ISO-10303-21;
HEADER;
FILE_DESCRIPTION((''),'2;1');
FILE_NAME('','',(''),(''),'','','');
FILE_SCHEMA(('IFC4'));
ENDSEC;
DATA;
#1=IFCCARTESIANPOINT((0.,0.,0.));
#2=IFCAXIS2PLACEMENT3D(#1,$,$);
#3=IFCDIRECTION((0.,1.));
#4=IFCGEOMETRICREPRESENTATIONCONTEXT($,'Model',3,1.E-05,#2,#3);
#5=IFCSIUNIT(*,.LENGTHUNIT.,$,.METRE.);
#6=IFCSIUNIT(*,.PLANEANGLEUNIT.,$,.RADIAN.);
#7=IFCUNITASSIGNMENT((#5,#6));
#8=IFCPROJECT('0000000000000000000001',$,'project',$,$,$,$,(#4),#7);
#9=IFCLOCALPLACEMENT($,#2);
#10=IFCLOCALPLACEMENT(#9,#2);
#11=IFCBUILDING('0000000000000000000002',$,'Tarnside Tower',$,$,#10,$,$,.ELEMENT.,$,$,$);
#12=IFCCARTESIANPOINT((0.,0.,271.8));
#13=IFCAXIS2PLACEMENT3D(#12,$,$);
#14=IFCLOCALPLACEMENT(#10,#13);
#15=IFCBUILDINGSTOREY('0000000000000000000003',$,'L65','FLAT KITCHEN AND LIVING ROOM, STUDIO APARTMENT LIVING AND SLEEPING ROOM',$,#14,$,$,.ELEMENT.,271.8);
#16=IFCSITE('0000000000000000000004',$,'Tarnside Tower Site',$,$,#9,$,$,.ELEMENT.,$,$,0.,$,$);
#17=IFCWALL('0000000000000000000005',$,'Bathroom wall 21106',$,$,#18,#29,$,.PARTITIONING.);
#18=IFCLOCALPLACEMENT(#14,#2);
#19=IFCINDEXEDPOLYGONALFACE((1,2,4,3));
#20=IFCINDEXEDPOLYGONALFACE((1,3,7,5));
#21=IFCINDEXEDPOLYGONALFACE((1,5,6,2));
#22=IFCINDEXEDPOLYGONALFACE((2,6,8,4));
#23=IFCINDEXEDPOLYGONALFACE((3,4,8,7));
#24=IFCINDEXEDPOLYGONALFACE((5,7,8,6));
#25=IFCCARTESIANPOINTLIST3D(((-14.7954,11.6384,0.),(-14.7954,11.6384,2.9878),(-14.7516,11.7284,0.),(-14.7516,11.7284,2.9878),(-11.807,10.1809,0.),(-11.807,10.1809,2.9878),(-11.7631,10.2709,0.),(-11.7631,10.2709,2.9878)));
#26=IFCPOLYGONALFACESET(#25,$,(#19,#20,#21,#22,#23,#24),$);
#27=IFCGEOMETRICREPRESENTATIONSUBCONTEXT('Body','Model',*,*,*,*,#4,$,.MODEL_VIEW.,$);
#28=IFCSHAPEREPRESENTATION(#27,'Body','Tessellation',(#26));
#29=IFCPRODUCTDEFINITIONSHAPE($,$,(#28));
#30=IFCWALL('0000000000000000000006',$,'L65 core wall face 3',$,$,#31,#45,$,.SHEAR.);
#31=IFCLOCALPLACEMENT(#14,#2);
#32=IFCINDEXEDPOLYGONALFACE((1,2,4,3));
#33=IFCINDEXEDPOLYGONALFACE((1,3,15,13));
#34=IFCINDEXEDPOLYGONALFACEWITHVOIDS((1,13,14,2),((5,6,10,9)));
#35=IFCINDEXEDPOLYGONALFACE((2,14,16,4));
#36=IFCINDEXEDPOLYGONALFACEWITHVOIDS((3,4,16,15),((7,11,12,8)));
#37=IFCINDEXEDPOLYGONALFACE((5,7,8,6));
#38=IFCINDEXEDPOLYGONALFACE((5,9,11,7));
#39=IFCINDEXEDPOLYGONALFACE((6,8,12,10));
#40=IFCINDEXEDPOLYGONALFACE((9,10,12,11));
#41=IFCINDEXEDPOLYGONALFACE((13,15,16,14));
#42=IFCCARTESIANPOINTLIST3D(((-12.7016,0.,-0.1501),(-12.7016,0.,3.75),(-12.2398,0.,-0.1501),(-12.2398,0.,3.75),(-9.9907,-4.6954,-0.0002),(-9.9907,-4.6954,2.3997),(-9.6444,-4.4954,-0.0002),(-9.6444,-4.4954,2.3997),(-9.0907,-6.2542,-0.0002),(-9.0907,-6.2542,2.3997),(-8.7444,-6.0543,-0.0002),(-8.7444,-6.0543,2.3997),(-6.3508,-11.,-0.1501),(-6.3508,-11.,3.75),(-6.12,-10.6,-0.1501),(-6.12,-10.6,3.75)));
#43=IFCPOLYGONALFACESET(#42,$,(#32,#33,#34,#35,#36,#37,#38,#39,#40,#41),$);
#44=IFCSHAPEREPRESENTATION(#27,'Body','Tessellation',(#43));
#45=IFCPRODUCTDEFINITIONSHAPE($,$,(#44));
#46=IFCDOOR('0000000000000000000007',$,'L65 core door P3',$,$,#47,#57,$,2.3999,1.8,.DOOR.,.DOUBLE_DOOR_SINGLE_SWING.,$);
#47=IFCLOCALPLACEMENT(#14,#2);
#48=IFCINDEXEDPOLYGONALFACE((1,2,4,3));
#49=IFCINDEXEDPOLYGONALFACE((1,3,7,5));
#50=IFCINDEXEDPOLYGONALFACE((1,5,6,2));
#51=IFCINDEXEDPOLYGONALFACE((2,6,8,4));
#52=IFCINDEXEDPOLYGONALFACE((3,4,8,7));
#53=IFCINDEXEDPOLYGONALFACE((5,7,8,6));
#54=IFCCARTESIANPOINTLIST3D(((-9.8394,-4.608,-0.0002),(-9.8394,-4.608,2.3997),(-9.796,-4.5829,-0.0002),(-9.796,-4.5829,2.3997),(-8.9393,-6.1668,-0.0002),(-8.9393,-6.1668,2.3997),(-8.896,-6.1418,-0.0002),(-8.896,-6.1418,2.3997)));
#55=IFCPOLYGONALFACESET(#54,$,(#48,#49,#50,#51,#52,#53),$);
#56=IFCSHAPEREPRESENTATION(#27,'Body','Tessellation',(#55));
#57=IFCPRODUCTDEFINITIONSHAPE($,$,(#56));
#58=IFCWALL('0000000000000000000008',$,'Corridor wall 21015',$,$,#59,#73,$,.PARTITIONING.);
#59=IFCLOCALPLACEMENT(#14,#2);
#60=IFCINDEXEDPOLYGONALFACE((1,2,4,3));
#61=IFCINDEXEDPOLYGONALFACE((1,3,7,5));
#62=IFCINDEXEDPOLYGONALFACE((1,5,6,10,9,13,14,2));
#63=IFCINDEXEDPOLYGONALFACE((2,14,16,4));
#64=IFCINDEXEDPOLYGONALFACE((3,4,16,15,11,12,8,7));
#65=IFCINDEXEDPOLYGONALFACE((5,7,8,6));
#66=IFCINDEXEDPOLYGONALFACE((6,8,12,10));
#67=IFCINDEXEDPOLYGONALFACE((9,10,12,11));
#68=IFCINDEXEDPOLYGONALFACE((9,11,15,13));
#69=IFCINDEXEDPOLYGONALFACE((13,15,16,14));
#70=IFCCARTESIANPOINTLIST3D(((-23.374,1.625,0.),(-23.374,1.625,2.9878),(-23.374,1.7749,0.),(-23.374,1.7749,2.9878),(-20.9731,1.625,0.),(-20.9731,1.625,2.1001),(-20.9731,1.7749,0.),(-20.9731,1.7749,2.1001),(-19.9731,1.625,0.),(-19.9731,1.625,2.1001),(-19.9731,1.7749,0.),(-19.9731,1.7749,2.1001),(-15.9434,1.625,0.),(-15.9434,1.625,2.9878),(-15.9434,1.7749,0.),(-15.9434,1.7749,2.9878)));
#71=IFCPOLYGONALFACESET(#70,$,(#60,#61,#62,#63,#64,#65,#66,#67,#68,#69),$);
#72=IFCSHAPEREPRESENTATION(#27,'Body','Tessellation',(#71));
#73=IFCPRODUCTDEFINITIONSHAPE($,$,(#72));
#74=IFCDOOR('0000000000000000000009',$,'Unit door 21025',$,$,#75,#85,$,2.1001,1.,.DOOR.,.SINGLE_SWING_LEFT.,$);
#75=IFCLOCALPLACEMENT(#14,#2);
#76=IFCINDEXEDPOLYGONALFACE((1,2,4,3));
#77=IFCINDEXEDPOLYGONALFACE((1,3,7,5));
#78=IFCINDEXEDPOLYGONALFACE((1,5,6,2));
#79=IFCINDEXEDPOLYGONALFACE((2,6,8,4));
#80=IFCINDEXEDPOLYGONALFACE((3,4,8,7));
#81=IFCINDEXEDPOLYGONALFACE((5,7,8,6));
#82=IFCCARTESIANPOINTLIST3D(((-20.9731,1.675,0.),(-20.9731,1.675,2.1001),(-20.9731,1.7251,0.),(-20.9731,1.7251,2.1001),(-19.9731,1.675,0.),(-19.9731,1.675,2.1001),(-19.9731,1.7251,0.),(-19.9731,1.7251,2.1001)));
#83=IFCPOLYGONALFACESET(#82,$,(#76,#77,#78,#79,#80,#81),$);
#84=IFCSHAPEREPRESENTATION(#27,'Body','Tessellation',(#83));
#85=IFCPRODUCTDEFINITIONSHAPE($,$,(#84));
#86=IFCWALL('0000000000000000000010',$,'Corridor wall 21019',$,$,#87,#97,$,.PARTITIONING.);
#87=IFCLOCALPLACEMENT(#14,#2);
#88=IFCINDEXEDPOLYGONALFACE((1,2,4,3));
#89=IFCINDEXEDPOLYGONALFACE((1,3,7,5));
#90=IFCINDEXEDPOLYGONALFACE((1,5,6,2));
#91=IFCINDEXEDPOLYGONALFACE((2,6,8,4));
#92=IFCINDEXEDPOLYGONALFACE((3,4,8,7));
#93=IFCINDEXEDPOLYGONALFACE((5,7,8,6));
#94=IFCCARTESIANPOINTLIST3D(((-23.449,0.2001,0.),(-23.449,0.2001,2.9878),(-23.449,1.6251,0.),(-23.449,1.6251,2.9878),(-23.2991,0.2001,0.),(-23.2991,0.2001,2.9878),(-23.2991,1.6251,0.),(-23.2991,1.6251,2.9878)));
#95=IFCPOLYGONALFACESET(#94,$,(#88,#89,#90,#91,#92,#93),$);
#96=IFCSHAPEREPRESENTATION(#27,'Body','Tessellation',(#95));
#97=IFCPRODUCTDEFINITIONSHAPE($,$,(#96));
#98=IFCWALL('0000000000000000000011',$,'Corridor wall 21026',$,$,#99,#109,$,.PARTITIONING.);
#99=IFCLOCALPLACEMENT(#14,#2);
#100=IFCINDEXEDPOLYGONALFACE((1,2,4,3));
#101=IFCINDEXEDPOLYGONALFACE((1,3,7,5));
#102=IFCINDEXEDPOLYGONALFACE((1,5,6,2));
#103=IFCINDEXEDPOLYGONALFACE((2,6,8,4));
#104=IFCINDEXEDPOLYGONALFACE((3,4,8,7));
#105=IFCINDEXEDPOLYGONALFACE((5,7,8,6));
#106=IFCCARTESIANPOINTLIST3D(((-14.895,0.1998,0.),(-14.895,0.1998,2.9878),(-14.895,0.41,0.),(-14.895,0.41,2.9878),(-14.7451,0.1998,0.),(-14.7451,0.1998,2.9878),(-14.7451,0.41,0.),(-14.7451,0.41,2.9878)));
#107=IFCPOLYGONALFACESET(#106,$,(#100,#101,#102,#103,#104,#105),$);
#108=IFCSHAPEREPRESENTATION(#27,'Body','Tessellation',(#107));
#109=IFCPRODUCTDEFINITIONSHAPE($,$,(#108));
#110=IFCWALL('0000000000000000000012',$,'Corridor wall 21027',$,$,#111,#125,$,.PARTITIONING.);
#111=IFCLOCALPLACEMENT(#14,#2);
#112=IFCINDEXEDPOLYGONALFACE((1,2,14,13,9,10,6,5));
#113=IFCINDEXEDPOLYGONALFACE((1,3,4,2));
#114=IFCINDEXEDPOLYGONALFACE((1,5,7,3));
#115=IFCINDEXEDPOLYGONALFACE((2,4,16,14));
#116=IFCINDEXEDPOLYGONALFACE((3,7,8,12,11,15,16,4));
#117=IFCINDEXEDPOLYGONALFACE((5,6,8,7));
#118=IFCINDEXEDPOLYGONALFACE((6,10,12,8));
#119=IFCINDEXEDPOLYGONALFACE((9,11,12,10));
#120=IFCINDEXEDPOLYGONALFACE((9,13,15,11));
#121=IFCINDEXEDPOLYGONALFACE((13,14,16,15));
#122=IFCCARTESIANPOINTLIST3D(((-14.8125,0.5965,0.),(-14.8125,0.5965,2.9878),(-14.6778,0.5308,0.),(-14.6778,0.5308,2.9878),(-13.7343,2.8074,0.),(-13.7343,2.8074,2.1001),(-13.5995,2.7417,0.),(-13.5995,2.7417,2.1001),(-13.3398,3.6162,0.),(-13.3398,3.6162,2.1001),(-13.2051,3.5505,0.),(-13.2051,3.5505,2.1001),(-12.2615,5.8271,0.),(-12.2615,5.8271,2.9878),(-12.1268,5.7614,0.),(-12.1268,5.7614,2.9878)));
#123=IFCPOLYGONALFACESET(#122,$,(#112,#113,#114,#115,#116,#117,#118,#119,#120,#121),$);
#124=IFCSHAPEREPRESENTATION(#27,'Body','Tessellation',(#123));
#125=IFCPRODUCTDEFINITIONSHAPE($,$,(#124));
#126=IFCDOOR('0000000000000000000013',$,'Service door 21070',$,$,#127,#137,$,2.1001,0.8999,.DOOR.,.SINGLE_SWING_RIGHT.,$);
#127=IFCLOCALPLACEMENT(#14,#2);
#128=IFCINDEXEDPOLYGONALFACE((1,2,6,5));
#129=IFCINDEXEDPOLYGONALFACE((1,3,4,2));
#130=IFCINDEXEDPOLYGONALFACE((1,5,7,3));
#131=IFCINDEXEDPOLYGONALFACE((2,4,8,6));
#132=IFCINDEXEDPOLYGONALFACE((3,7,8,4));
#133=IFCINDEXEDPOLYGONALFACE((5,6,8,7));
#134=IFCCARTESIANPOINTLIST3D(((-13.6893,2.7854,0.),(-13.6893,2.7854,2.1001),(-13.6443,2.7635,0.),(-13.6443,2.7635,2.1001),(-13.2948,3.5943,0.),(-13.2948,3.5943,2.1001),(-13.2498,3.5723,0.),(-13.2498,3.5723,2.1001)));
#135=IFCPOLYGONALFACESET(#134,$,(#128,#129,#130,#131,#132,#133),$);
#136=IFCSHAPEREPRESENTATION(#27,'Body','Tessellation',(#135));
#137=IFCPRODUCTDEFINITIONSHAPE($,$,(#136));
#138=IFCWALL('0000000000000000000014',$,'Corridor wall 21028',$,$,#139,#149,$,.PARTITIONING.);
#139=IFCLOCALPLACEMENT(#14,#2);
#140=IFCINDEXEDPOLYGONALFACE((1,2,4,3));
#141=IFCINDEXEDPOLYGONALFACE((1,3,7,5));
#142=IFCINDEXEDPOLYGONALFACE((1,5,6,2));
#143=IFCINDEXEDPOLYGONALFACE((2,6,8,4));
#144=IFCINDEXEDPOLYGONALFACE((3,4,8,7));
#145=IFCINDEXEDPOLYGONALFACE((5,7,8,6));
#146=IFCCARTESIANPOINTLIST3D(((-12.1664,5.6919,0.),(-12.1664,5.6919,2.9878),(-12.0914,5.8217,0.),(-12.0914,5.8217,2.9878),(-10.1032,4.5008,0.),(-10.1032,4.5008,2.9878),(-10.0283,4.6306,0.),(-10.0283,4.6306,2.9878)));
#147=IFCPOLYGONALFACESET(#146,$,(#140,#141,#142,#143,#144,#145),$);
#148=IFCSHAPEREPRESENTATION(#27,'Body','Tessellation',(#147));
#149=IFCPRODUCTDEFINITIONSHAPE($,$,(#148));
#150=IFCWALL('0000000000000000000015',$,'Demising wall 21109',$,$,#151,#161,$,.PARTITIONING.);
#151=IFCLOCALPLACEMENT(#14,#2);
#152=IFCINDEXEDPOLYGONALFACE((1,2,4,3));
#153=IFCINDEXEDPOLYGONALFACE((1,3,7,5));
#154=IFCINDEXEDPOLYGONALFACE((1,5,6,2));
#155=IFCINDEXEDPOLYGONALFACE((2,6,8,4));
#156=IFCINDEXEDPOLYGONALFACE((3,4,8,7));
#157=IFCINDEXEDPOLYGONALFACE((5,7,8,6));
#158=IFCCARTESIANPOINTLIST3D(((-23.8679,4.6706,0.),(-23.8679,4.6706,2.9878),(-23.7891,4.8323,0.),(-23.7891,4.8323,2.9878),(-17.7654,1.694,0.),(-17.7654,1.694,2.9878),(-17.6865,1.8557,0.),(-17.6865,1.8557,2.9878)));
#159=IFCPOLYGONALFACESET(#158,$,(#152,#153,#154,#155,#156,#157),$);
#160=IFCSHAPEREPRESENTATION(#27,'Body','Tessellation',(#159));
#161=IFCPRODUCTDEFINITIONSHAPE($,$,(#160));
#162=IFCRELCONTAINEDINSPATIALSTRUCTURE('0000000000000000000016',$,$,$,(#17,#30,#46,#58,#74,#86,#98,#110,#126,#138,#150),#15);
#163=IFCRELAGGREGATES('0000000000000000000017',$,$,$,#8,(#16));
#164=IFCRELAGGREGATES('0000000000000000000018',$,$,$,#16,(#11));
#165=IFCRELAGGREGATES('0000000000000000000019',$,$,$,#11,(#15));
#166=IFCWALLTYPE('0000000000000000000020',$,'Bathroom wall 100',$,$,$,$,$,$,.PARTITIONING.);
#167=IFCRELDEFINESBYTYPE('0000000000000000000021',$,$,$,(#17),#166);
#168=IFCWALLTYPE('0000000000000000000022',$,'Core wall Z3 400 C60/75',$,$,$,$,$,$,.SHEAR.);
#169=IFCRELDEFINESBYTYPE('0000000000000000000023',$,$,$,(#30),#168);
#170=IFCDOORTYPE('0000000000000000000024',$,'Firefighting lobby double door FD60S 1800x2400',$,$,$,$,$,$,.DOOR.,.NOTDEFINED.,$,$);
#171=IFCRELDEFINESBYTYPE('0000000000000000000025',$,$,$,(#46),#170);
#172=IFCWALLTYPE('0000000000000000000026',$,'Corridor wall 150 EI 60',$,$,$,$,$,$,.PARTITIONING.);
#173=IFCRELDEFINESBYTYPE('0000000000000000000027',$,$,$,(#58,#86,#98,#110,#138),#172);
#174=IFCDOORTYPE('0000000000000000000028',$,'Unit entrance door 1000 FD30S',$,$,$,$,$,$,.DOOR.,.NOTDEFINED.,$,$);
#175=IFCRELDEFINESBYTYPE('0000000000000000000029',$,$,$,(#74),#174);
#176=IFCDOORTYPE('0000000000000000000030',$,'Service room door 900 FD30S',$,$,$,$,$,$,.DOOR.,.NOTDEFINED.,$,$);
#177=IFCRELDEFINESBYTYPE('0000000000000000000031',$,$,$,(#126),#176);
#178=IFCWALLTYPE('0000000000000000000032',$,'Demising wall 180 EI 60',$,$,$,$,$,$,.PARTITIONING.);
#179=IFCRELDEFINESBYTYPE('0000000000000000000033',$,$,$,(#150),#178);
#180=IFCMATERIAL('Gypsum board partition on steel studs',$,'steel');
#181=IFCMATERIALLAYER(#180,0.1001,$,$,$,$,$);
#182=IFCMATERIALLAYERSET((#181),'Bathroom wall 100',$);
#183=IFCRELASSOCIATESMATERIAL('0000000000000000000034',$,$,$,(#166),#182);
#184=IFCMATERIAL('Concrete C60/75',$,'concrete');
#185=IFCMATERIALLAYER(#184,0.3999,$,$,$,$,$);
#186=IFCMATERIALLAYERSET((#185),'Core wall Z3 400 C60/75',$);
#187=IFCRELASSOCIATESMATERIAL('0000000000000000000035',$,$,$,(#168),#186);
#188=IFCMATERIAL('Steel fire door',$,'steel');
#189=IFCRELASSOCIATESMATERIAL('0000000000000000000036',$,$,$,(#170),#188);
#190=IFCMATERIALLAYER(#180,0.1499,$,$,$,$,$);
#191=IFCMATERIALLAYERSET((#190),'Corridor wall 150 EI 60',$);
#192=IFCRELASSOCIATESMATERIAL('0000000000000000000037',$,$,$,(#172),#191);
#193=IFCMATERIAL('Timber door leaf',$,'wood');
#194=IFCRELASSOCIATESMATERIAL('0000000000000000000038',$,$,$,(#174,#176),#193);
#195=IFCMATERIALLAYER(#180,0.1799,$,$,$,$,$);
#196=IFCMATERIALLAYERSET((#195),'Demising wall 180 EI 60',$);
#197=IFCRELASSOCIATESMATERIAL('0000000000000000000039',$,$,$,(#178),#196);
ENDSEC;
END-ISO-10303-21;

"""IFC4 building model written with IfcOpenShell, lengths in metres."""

from ifc_helpers import new_model, si_unit, direction, frame, frame_2d, origin, place, context, subcontext, project, spatial, polyline, rectangle, outline, extrude, material, layer, layer_set, type_object, element, fill, save


model = new_model("IFC4")

# Units and contexts
model_context = context("Model", 3, precision=1e-05, world=origin(), true_north=direction((0.0, 1.0)))
body_context = subcontext(model_context, "Body", "Model", "MODEL_VIEW")
ifc_project = project(units=[si_unit("LENGTHUNIT", "METRE"), si_unit("PLANEANGLEUNIT", "RADIAN")], contexts=[model_context])

# Site, building, storey
site_placement = place(None, origin())
site = spatial("IfcSite", under=ifc_project, at=site_placement, Name="Tarnside Tower Site", CompositionType="ELEMENT", RefElevation=0.0)
building_placement = place(site_placement, origin())
building = spatial("IfcBuilding", under=site, at=building_placement, Name="Tarnside Tower", CompositionType="ELEMENT")
storey_placement = place(building_placement, frame((0.0, 0.0, 271.8)))
storey = spatial("IfcBuildingStorey", under=building, at=storey_placement, Name="L65", Description="FLAT KITCHEN AND LIVING ROOM, STUDIO APARTMENT LIVING AND SLEEPING ROOM", CompositionType="ELEMENT", Elevation=271.8)

# Wall
ifc_material_1 = material(Name="Gypsum board partition on steel studs", Category="steel")
ifc_layer_1 = layer(ifc_material_1, 0.1001)
ifc_layer_set_1 = layer_set([ifc_layer_1], Name="Bathroom wall 100")
wall_type_1 = type_object("IfcWallType", Name="Bathroom wall 100", PredefinedType="PARTITIONING", material=ifc_layer_set_1)
wall_1_placement = place(storey_placement, frame((-11.7849, 10.2258, 0.0), z_axis=(0.0, 0.0, 1.0), x_axis=(-0.898804, 0.438351, 0.0)))
element("IfcWall", 1, at=wall_1_placement, inside=storey, type_object=wall_type_1, Name="Bathroom wall 21106", PredefinedType="PARTITIONING", context=body_context, shape_type="SweptSolid", body=[
    extrude(rectangle(XDim=3.325, YDim=0.1001, at=frame_2d((1.6626, 0.0))), origin(), (0.0, 0.0, 1.0), 2.9878),
])

# Walls, openings, doors
ifc_material_2 = material(Name="Concrete C60/75", Category="concrete")
ifc_layer_2 = layer(ifc_material_2, 0.3999)
ifc_layer_set_2 = layer_set([ifc_layer_2], Name="Core wall Z3 400 C60/75")
wall_type_2 = type_object("IfcWallType", Name="Core wall Z3 400 C60/75", PredefinedType="SHEAR", material=ifc_layer_set_2)
wall_2_placement = place(storey_placement, frame((-12.4707, 0.0, -0.1501), z_axis=(0.0, 0.0, 1.0), x_axis=(0.499996, -0.866027, 0.0)))
wall_2 = element("IfcWall", 2, at=wall_2_placement, inside=storey, type_object=wall_type_2, Name="L65 core wall face 3", PredefinedType="SHEAR", context=body_context, shape_type="SweptSolid", body=[
    extrude(outline(polyline([(-0.1155, -0.2), (12.5862, -0.2), (12.3552, 0.2), (0.1155, 0.2), (-0.1155, -0.2)])), origin(), (0.0, 0.0, 1.0), 3.9001),
])
opening_1_placement = place(wall_2_placement, frame((5.3064, 0.0, 0.1499)))
opening_1 = element("IfcOpeningElement", 3, at=opening_1_placement, cuts=wall_2, PredefinedType="OPENING", context=body_context, shape_type="SweptSolid", body=[
    extrude(rectangle(XDim=1.8, YDim=2.3999, at=frame_2d((0.8999, 1.2))), frame((0.0, 0.21, 0.0), z_axis=(0.0, -1.0, 0.0), x_axis=(1.0, 0.0, 0.0)), (0.0, 0.0, 1.0), 0.4199),
])
ifc_material_3 = material(Name="Steel fire door", Category="steel")
door_type_1 = type_object("IfcDoorType", Name="Firefighting lobby double door FD60S 1800x2400", OperationType="NOTDEFINED", PredefinedType="DOOR", material=ifc_material_3)
door_1_placement = place(opening_1_placement, origin())
door_1 = element("IfcDoor", 4, at=door_1_placement, inside=storey, type_object=door_type_1, Name="L65 core door P3", OperationType="DOUBLE_DOOR_SINGLE_SWING", OverallHeight=2.3999, OverallWidth=1.8, PredefinedType="DOOR", context=body_context, shape_type="SweptSolid", body=[
    extrude(rectangle(XDim=1.8, YDim=2.3999, at=frame_2d((0.8999, 1.2))), frame((0.0, 0.0249, 0.0), z_axis=(0.0, -1.0, 0.0), x_axis=(1.0, 0.0, 0.0)), (0.0, 0.0, 1.0), 0.05),
])
fill(opening_1, door_1)
ifc_layer_3 = layer(ifc_material_1, 0.1499)
ifc_layer_set_3 = layer_set([ifc_layer_3], Name="Corridor wall 150 EI 60")
wall_type_3 = type_object("IfcWallType", Name="Corridor wall 150 EI 60", PredefinedType="PARTITIONING", material=ifc_layer_set_3)
wall_3_placement = place(storey_placement, frame((-15.9434, 1.7, 0.0), z_axis=(0.0, 0.0, 1.0), x_axis=(-1.0, 0.0, 0.0)))
wall_3 = element("IfcWall", 5, at=wall_3_placement, inside=storey, type_object=wall_type_3, Name="Corridor wall 21015", PredefinedType="PARTITIONING", context=body_context, shape_type="SweptSolid", body=[
    extrude(rectangle(XDim=7.4307, YDim=0.1499, at=frame_2d((3.7153, 0.0))), origin(), (0.0, 0.0, 1.0), 2.9878),
])
opening_2_placement = place(wall_3_placement, frame((4.0298, 0.0, 0.0)))
opening_2 = element("IfcOpeningElement", 6, at=opening_2_placement, cuts=wall_3, PredefinedType="OPENING", context=body_context, shape_type="SweptSolid", body=[
    extrude(rectangle(XDim=1.0, YDim=2.1001, at=frame_2d((0.5, 1.05))), frame((0.0, 0.085, 0.0), z_axis=(0.0, -1.0, 0.0), x_axis=(1.0, 0.0, 0.0)), (0.0, 0.0, 1.0), 0.1699),
])
ifc_material_4 = material(Name="Timber door leaf", Category="wood")
door_type_2 = type_object("IfcDoorType", Name="Unit entrance door 1000 FD30S", OperationType="NOTDEFINED", PredefinedType="DOOR", material=ifc_material_4)
door_2_placement = place(opening_2_placement, origin())
door_2 = element("IfcDoor", 7, at=door_2_placement, inside=storey, type_object=door_type_2, Name="Unit door 21025", OperationType="SINGLE_SWING_LEFT", OverallHeight=2.1001, OverallWidth=1.0, PredefinedType="DOOR", context=body_context, shape_type="SweptSolid", body=[
    extrude(rectangle(XDim=1.0, YDim=2.1001, at=frame_2d((0.5, 1.05))), frame((0.0, 0.0249, 0.0), z_axis=(0.0, -1.0, 0.0), x_axis=(1.0, 0.0, 0.0)), (0.0, 0.0, 1.0), 0.05),
])
fill(opening_2, door_2)

# Walls
wall_4_placement = place(storey_placement, frame((-23.374, 1.625, 0.0), z_axis=(0.0, 0.0, 1.0), x_axis=(0.0, -1.0, 0.0)))
element("IfcWall", 8, at=wall_4_placement, inside=storey, type_object=wall_type_3, Name="Corridor wall 21019", PredefinedType="PARTITIONING", context=body_context, shape_type="SweptSolid", body=[
    extrude(rectangle(XDim=1.425, YDim=0.1499, at=frame_2d((0.7124, 0.0))), origin(), (0.0, 0.0, 1.0), 2.9878),
])
wall_5_placement = place(storey_placement, frame((-14.8201, 0.2, 0.0), z_axis=(0.0, 0.0, 1.0), x_axis=(0.0, 1.0, 0.0)))
element("IfcWall", 9, at=wall_5_placement, inside=storey, type_object=wall_type_3, Name="Corridor wall 21026", PredefinedType="PARTITIONING", context=body_context, shape_type="SweptSolid", body=[
    extrude(rectangle(XDim=0.2102, YDim=0.1499, at=frame_2d((0.105, 0.0))), origin(), (0.0, 0.0, 1.0), 2.9878),
])

# Wall, opening, door
wall_6_placement = place(storey_placement, frame((-14.7451, 0.5637, 0.0), z_axis=(0.0, 0.0, 1.0), x_axis=(0.438348, 0.898805, 0.0)))
wall_6 = element("IfcWall", 10, at=wall_6_placement, inside=storey, type_object=wall_type_3, Name="Corridor wall 21027", PredefinedType="PARTITIONING", context=body_context, shape_type="SweptSolid", body=[
    extrude(rectangle(XDim=5.8196, YDim=0.1499, at=frame_2d((2.9097, 0.0))), origin(), (0.0, 0.0, 1.0), 2.9878),
])
opening_3_placement = place(wall_6_placement, frame((2.4597, 0.0, 0.0)))
opening_3 = element("IfcOpeningElement", 11, at=opening_3_placement, cuts=wall_6, PredefinedType="OPENING", context=body_context, shape_type="SweptSolid", body=[
    extrude(rectangle(XDim=0.8999, YDim=2.1001, at=frame_2d((0.45, 1.05))), frame((0.0, 0.085, 0.0), z_axis=(0.0, -1.0, 0.0), x_axis=(1.0, 0.0, 0.0)), (0.0, 0.0, 1.0), 0.1699),
])
door_type_3 = type_object("IfcDoorType", Name="Service room door 900 FD30S", OperationType="NOTDEFINED", PredefinedType="DOOR", material=ifc_material_4)
door_3_placement = place(opening_3_placement, origin())
door_3 = element("IfcDoor", 12, at=door_3_placement, inside=storey, type_object=door_type_3, Name="Service door 21070", OperationType="SINGLE_SWING_RIGHT", OverallHeight=2.1001, OverallWidth=0.8999, PredefinedType="DOOR", context=body_context, shape_type="SweptSolid", body=[
    extrude(rectangle(XDim=0.8999, YDim=2.1001, at=frame_2d((0.45, 1.05))), frame((0.0, 0.0249, 0.0), z_axis=(0.0, -1.0, 0.0), x_axis=(1.0, 0.0, 0.0)), (0.0, 0.0, 1.0), 0.05),
])
fill(opening_3, door_3)

# Walls
wall_7_placement = place(storey_placement, frame((-12.1289, 5.7568, 0.0), z_axis=(0.0, 0.0, 1.0), x_axis=(0.866034, -0.499986, 0.0)))
element("IfcWall", 13, at=wall_7_placement, inside=storey, type_object=wall_type_3, Name="Corridor wall 21028", PredefinedType="PARTITIONING", context=body_context, shape_type="SweptSolid", body=[
    extrude(rectangle(XDim=2.3823, YDim=0.1499, at=frame_2d((1.1912, 0.0))), origin(), (0.0, 0.0, 1.0), 2.9878),
])
ifc_layer_4 = layer(ifc_material_1, 0.1799)
ifc_layer_set_4 = layer_set([ifc_layer_4], Name="Demising wall 180 EI 60")
wall_type_4 = type_object("IfcWallType", Name="Demising wall 180 EI 60", PredefinedType="PARTITIONING", material=ifc_layer_set_4)
wall_8_placement = place(storey_placement, frame((-23.8286, 4.7515, 0.0), z_axis=(0.0, 0.0, 1.0), x_axis=(0.898785, -0.43839, 0.0)))
element("IfcWall", 14, at=wall_8_placement, inside=storey, type_object=wall_type_4, Name="Demising wall 21109", PredefinedType="PARTITIONING", context=body_context, shape_type="SweptSolid", body=[
    extrude(rectangle(XDim=6.7898, YDim=0.1799, at=frame_2d((3.395, 0.0))), origin(), (0.0, 0.0, 1.0), 2.9878),
])

save(model, "model.ifc")
